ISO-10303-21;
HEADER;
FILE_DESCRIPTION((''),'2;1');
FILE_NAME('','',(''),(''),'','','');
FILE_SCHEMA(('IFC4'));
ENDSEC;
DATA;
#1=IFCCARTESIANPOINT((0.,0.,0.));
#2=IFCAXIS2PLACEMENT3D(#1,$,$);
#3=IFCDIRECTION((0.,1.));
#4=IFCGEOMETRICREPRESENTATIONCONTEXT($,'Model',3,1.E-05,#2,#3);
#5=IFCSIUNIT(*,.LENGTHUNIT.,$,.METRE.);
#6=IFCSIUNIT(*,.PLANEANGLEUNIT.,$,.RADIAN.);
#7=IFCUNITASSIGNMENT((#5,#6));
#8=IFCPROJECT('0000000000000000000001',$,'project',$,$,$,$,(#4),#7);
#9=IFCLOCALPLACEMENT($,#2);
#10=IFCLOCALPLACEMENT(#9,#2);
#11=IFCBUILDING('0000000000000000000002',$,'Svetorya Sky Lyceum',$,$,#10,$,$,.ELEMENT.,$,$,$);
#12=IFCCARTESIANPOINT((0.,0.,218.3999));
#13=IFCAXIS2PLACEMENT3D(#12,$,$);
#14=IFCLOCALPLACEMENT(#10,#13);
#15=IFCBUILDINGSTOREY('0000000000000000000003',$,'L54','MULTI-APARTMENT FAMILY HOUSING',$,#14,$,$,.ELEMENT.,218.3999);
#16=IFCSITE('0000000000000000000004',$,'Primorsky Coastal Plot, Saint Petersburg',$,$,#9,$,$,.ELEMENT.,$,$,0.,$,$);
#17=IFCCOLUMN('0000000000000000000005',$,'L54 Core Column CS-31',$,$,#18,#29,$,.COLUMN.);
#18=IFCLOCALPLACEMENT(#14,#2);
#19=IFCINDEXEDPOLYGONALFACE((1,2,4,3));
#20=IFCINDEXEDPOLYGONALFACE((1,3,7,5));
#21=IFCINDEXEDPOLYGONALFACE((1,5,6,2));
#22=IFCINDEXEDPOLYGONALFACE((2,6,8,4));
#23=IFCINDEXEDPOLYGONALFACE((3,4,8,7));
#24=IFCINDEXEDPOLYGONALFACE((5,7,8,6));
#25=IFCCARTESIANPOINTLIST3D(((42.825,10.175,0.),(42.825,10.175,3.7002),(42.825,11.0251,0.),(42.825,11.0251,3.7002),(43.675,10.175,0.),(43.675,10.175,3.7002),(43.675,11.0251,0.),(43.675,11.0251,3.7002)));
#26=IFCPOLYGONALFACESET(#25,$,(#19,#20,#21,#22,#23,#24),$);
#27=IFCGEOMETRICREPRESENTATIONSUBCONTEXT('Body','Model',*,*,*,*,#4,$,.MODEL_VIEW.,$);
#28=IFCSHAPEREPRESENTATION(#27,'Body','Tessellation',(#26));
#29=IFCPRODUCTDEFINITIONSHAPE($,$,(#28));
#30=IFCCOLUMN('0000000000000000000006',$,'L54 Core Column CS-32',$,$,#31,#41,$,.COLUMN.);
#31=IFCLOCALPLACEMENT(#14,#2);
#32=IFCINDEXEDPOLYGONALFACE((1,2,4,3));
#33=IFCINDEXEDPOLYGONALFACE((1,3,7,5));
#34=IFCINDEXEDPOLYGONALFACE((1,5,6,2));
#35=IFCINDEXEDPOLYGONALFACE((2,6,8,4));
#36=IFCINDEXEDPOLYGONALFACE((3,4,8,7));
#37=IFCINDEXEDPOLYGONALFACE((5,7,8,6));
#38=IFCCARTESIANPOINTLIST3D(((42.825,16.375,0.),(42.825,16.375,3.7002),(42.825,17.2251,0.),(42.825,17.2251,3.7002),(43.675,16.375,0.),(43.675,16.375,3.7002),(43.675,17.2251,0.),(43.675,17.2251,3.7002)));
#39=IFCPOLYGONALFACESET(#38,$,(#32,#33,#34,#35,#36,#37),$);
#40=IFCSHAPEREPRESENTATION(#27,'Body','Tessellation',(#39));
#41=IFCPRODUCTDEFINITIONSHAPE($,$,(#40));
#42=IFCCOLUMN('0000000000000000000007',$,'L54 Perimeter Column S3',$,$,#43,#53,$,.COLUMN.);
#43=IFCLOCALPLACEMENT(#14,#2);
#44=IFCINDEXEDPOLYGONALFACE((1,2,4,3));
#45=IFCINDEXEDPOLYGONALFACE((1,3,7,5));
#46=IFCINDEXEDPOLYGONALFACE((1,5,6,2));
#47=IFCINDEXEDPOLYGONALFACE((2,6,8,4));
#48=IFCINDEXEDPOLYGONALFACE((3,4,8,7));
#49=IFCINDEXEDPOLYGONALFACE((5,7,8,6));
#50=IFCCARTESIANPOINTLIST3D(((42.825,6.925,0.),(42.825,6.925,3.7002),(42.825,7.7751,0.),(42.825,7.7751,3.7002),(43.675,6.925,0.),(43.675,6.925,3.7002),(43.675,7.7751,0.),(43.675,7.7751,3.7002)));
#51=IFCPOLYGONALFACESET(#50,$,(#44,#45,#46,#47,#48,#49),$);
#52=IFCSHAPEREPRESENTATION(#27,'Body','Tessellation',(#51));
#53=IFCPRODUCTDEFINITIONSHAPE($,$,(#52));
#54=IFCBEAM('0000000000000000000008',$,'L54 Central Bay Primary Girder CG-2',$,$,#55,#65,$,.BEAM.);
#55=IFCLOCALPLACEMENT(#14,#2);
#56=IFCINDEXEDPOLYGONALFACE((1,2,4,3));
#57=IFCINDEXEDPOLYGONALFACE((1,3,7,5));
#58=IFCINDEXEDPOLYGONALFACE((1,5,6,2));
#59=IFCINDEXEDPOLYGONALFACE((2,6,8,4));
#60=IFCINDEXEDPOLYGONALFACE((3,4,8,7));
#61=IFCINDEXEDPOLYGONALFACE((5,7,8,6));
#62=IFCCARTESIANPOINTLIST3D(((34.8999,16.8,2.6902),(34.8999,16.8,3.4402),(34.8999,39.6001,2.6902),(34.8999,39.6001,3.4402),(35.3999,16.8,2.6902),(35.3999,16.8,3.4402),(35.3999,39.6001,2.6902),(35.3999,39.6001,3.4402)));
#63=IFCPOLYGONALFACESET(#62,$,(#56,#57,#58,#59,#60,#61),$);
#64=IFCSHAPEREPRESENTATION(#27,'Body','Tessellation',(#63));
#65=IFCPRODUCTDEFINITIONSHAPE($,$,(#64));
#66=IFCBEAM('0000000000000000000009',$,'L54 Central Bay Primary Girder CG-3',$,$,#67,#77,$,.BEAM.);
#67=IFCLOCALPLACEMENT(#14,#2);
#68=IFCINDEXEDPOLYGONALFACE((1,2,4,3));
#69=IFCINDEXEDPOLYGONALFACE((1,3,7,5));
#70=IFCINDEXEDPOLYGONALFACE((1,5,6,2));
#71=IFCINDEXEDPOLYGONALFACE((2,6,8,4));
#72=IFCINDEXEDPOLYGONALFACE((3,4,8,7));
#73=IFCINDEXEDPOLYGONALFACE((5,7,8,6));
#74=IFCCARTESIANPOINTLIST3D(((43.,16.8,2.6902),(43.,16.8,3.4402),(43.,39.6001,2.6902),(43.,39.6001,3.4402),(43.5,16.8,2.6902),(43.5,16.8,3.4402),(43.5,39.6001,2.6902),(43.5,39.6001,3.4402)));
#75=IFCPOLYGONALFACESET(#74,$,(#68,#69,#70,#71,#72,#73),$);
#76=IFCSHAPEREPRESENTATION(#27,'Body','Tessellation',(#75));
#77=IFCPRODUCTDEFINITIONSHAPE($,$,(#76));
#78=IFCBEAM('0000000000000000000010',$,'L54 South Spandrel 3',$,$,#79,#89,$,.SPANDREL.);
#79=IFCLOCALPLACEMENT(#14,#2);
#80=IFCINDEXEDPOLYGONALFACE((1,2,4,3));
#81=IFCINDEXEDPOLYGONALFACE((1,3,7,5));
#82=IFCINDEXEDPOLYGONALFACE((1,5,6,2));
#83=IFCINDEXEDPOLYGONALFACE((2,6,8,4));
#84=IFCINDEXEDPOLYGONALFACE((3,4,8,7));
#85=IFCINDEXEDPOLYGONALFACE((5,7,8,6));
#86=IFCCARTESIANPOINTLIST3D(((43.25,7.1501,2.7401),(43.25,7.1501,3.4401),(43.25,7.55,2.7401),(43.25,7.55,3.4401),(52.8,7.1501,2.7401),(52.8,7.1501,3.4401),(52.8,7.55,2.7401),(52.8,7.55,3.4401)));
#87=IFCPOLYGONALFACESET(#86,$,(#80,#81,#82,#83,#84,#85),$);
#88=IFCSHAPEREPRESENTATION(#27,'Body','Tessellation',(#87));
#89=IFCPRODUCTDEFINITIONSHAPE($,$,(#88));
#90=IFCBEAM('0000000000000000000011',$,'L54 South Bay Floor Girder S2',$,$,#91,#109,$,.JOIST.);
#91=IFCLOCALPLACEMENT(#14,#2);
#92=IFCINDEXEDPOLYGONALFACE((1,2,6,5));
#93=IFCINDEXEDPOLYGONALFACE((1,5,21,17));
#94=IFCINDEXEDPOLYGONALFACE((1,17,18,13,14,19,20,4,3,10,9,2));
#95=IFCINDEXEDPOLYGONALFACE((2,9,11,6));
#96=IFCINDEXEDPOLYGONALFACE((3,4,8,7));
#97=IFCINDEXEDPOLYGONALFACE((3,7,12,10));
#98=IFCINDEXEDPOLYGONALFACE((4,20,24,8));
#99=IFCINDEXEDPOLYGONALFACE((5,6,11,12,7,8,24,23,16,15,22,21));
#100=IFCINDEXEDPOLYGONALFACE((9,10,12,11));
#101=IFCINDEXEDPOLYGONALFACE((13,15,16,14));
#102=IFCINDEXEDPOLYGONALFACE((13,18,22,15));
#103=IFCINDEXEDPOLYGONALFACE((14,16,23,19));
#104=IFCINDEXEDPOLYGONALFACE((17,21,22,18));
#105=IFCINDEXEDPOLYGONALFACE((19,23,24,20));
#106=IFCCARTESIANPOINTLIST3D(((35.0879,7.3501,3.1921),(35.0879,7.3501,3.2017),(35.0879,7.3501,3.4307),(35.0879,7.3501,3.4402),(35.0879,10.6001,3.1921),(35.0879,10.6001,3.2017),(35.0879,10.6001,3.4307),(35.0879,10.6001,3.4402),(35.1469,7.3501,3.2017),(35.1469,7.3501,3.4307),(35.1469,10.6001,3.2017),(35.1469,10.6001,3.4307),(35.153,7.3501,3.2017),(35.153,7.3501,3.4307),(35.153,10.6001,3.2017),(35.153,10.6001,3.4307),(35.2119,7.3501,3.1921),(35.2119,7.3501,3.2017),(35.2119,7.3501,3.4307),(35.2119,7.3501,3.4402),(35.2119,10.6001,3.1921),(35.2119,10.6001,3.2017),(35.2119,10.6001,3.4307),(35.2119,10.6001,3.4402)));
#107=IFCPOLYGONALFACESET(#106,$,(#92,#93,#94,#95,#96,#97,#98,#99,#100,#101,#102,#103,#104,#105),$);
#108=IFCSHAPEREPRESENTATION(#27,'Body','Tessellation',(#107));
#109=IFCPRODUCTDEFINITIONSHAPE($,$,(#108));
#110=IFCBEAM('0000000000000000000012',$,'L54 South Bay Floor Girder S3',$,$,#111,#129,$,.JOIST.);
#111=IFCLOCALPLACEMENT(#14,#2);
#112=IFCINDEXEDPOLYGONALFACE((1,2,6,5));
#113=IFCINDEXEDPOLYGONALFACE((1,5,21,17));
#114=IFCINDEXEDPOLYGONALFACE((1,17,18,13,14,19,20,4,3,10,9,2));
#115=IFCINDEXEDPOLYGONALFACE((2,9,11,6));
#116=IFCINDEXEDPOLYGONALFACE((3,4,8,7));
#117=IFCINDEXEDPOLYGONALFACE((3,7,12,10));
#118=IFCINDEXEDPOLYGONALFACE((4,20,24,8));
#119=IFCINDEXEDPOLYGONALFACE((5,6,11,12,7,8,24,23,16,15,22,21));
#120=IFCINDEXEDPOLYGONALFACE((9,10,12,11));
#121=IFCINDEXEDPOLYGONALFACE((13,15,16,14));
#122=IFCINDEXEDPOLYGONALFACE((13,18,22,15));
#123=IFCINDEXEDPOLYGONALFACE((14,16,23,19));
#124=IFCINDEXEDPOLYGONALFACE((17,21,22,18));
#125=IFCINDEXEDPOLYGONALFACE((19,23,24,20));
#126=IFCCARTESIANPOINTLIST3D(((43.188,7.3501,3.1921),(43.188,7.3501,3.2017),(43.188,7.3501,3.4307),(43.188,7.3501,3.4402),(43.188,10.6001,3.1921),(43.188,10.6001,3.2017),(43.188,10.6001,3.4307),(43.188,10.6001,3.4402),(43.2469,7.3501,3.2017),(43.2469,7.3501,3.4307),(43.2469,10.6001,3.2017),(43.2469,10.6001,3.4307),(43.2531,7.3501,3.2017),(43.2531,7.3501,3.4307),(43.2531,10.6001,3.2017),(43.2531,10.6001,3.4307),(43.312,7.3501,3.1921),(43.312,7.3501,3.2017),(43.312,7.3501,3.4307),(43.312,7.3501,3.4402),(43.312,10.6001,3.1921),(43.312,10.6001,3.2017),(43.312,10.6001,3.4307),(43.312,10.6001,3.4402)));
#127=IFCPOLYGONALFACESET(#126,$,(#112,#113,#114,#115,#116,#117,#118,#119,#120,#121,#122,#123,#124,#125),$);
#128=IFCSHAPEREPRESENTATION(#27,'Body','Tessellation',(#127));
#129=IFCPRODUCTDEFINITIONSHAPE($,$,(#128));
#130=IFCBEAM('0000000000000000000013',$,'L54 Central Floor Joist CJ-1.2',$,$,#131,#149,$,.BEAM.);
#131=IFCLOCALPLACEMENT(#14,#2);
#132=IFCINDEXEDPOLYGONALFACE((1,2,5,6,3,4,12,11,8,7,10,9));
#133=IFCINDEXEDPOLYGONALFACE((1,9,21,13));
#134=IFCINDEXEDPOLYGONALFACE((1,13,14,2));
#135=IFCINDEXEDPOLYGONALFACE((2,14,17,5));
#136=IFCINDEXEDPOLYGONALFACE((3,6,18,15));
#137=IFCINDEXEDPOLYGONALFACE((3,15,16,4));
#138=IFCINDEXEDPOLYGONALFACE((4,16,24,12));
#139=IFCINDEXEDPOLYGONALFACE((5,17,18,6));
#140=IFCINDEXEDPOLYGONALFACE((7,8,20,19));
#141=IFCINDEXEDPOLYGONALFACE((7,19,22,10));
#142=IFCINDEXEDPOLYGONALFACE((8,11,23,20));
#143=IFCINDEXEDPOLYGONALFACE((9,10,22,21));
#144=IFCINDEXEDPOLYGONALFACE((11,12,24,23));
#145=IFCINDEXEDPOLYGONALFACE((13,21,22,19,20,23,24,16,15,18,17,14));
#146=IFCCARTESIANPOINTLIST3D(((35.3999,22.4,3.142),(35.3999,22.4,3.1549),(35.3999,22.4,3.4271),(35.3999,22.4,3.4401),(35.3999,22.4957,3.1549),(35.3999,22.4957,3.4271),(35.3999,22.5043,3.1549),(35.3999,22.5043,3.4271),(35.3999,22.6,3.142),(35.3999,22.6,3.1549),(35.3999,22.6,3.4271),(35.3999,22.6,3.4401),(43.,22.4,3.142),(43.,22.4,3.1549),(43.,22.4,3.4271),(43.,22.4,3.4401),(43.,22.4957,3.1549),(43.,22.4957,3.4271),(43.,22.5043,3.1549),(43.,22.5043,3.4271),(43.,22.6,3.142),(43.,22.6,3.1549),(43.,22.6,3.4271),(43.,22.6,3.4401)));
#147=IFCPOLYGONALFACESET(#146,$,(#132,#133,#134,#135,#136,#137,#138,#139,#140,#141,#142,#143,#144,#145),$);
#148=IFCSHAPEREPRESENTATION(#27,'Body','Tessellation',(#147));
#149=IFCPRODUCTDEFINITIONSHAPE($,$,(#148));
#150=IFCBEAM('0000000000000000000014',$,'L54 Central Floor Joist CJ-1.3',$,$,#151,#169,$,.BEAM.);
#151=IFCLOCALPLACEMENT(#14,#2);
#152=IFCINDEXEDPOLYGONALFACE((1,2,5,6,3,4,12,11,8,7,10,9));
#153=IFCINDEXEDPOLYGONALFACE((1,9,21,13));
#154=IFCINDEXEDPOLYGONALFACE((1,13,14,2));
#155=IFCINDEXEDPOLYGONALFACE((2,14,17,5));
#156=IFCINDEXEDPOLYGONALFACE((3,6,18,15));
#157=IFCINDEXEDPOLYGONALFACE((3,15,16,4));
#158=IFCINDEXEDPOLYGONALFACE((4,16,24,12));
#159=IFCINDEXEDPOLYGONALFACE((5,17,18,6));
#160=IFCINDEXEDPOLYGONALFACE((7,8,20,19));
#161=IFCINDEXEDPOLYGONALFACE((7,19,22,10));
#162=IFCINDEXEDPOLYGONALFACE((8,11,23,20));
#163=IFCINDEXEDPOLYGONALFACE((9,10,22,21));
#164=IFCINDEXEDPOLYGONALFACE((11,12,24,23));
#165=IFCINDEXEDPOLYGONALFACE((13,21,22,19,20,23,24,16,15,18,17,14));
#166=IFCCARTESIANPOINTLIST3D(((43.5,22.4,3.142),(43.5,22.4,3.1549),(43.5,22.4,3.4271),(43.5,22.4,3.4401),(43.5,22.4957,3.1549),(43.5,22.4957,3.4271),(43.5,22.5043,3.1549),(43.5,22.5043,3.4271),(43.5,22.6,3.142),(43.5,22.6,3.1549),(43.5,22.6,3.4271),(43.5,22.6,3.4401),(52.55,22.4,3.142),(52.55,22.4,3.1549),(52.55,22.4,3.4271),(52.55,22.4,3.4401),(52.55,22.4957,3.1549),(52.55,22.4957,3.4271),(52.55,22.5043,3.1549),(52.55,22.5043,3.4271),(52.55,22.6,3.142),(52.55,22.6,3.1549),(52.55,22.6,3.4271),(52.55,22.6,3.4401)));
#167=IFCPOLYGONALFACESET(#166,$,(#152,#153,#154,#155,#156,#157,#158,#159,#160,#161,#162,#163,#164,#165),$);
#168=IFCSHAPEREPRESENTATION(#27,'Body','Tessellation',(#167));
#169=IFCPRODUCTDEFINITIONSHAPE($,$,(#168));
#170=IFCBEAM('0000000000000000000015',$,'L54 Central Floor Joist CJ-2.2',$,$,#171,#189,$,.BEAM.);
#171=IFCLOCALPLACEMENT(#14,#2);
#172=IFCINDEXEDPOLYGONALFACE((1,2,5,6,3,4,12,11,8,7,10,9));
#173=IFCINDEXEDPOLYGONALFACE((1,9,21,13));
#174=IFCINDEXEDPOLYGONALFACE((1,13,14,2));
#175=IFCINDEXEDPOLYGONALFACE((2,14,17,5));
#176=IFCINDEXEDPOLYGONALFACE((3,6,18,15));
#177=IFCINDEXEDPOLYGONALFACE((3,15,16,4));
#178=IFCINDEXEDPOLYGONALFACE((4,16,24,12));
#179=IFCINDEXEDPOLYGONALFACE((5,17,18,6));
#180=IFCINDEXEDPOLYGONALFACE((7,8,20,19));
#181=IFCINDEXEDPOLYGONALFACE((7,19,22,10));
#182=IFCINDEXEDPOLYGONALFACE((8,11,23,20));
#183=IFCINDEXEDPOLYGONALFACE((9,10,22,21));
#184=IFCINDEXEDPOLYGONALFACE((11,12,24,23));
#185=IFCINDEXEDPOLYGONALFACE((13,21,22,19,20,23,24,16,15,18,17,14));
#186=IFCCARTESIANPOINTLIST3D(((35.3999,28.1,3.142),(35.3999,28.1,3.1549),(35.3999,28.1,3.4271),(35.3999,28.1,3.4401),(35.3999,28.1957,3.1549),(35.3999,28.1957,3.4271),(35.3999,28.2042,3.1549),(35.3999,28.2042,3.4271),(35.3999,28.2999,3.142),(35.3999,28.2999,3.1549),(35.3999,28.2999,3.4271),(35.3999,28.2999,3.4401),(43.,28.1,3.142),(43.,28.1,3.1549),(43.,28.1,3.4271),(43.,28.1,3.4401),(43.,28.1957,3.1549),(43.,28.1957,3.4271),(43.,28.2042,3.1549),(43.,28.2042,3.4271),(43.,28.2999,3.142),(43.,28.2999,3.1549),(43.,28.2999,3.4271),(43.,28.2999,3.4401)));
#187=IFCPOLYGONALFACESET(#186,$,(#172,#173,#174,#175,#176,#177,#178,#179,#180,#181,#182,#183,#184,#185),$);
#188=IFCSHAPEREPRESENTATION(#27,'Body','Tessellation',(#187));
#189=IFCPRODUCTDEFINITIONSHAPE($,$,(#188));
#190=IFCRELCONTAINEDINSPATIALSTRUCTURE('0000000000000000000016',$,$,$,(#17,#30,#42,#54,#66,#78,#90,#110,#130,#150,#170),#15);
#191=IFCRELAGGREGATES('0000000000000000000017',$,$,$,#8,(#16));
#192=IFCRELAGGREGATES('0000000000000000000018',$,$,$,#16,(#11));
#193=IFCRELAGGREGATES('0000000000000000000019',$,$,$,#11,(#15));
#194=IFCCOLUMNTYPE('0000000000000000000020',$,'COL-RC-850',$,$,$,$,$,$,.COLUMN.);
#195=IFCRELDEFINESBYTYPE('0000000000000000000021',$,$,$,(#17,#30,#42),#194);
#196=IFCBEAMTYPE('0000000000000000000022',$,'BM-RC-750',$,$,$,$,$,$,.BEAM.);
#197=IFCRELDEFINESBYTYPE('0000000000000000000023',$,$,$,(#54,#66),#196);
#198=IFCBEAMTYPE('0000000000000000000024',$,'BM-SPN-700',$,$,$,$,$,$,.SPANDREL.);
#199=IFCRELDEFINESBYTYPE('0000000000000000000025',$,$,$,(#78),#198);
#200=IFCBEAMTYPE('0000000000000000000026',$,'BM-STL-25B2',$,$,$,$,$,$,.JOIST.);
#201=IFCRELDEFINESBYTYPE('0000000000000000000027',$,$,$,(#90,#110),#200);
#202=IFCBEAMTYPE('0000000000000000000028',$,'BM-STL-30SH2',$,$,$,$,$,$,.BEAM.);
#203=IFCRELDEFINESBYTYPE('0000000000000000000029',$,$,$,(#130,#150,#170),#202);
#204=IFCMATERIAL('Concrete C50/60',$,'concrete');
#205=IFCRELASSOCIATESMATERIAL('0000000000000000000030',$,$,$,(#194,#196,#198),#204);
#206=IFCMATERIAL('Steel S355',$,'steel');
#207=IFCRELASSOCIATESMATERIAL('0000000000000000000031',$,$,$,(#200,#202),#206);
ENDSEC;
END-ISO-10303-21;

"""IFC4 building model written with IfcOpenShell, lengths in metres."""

from ifc_helpers import new_model, si_unit, direction, frame, origin, origin_2d, place, context, subcontext, project, spatial, rectangle, i_section, extrude, material, material_profile, profile_set, type_object, element, save


model = new_model("IFC4")

# Units and contexts
model_context = context("Model", 3, precision=1e-05, world=origin(), true_north=direction((0.0, 1.0)))
body_context = subcontext(model_context, "Body", "Model", "MODEL_VIEW")
ifc_project = project(units=[si_unit("LENGTHUNIT", "METRE"), si_unit("PLANEANGLEUNIT", "RADIAN")], contexts=[model_context])

# Site, building, storey
site_placement = place(None, origin())
site = spatial("IfcSite", under=ifc_project, at=site_placement, Name="Primorsky Coastal Plot, Saint Petersburg", CompositionType="ELEMENT", RefElevation=0.0)
building_placement = place(site_placement, origin())
building = spatial("IfcBuilding", under=site, at=building_placement, Name="Svetorya Sky Lyceum", CompositionType="ELEMENT")
storey_placement = place(building_placement, frame((0.0, 0.0, 218.3999)))
storey = spatial("IfcBuildingStorey", under=building, at=storey_placement, Name="L54", Description="MULTI-APARTMENT FAMILY HOUSING", CompositionType="ELEMENT", Elevation=218.3999)

# Columns
ifc_material_1 = material(Name="Concrete C50/60", Category="concrete")
ifc_material_profile_1 = material_profile(ifc_material_1, rectangle(XDim=0.8501, YDim=0.8501, at=origin_2d()), Name="RC COL 850x850")
ifc_profile_set_1 = profile_set([ifc_material_profile_1], Name="Concrete C50/60")
column_type = type_object("IfcColumnType", Name="COL-RC-850", PredefinedType="COLUMN", material=ifc_profile_set_1)
for number, where, z_axis, x_axis, name in (
    (1, (43.25, 10.6001, 0.0), (0.0, 0.0, 1.0), (1.0, 0.0, 0.0), "L54 Core Column CS-31"),
    (2, (43.25, 16.8, 0.0), (0.0, 0.0, 1.0), (1.0, 0.0, 0.0), "L54 Core Column CS-32"),
    (3, (43.25, 7.3501, 0.0), (0.0, 0.0, 1.0), (1.0, 0.0, 0.0), "L54 Perimeter Column S3"),
):
    element("IfcColumn", number, at=place(storey_placement, frame(where, z_axis=z_axis, x_axis=x_axis)), inside=storey, type_object=column_type, Name=name, PredefinedType="COLUMN", context=body_context, shape_type="SweptSolid", body=[
        extrude(rectangle(XDim=0.8501, YDim=0.8501, at=origin_2d()), origin(), (0.0, 0.0, 1.0), 3.7002),
    ])

# Beams
ifc_material_profile_2 = material_profile(ifc_material_1, rectangle(XDim=0.5, YDim=0.75, at=origin_2d()), Name="RC BEAM 500x750")
ifc_profile_set_2 = profile_set([ifc_material_profile_2], Name="Concrete C50/60")
beam_type_1 = type_object("IfcBeamType", Name="BM-RC-750", PredefinedType="BEAM", material=ifc_profile_set_2)
for number, where, z_axis, x_axis, name in (
    (4, (35.1499, 16.8, 3.0652), (0.0, 1.0, 0.0), (-1.0, 0.0, 0.0), "L54 Central Bay Primary Girder CG-2"),
    (5, (43.25, 16.8, 3.0652), (0.0, 1.0, 0.0), (-1.0, 0.0, 0.0), "L54 Central Bay Primary Girder CG-3"),
):
    element("IfcBeam", number, at=place(storey_placement, frame(where, z_axis=z_axis, x_axis=x_axis)), inside=storey, type_object=beam_type_1, Name=name, PredefinedType="BEAM", context=body_context, shape_type="SweptSolid", body=[
        extrude(rectangle(XDim=0.5, YDim=0.75, at=origin_2d()), origin(), (0.0, 0.0, 1.0), 22.8),
    ])
ifc_material_profile_3 = material_profile(ifc_material_1, rectangle(XDim=0.3999, YDim=0.7, at=origin_2d()), Name="RC SPANDREL 400x700")
ifc_profile_set_3 = profile_set([ifc_material_profile_3], Name="Concrete C50/60")
beam_type_2 = type_object("IfcBeamType", Name="BM-SPN-700", PredefinedType="SPANDREL", material=ifc_profile_set_3)
beam_1_placement = place(storey_placement, frame((43.25, 7.3501, 3.0901), z_axis=(1.0, 0.0, 0.0), x_axis=(0.0, 1.0, 0.0)))
element("IfcBeam", 6, at=beam_1_placement, inside=storey, type_object=beam_type_2, Name="L54 South Spandrel 3", PredefinedType="SPANDREL", context=body_context, shape_type="SweptSolid", body=[
    extrude(rectangle(XDim=0.3999, YDim=0.7, at=origin_2d()), origin(), (0.0, 0.0, 1.0), 9.55),
])
ifc_material_2 = material(Name="Steel S355", Category="steel")
ifc_material_profile_4 = material_profile(ifc_material_2, i_section(OverallWidth=0.124, OverallDepth=0.248, WebThickness=0.0061, FlangeThickness=0.0095, at=origin_2d()), Name="GOST 25B2")
ifc_profile_set_4 = profile_set([ifc_material_profile_4], Name="Steel S355")
beam_type_3 = type_object("IfcBeamType", Name="BM-STL-25B2", PredefinedType="JOIST", material=ifc_profile_set_4)
for number, where, z_axis, x_axis, name in (
    (7, (35.1499, 7.3501, 3.3162), (0.0, 1.0, 0.0), (-1.0, 0.0, 0.0), "L54 South Bay Floor Girder S2"),
    (8, (43.25, 7.3501, 3.3162), (0.0, 1.0, 0.0), (-1.0, 0.0, 0.0), "L54 South Bay Floor Girder S3"),
):
    element("IfcBeam", number, at=place(storey_placement, frame(where, z_axis=z_axis, x_axis=x_axis)), inside=storey, type_object=beam_type_3, Name=name, PredefinedType="JOIST", context=body_context, shape_type="SweptSolid", body=[
        extrude(i_section(OverallWidth=0.124, OverallDepth=0.248, WebThickness=0.0061, FlangeThickness=0.0095, at=origin_2d()), origin(), (0.0, 0.0, 1.0), 3.25),
    ])
ifc_material_profile_5 = material_profile(ifc_material_2, i_section(OverallWidth=0.2, OverallDepth=0.2981, WebThickness=0.0085, FlangeThickness=0.0129, at=origin_2d()), Name="GOST 30Sh2")
ifc_profile_set_5 = profile_set([ifc_material_profile_5], Name="Steel S355")
beam_type_4 = type_object("IfcBeamType", Name="BM-STL-30SH2", PredefinedType="BEAM", material=ifc_profile_set_5)
beam_2_placement = place(storey_placement, frame((35.3999, 22.5, 3.291), z_axis=(1.0, 0.0, 0.0), x_axis=(0.0, 1.0, 0.0)))
element("IfcBeam", 9, at=beam_2_placement, inside=storey, type_object=beam_type_4, Name="L54 Central Floor Joist CJ-1.2", PredefinedType="BEAM", context=body_context, shape_type="SweptSolid", body=[
    extrude(i_section(OverallWidth=0.2, OverallDepth=0.2981, WebThickness=0.0085, FlangeThickness=0.0129, at=origin_2d()), origin(), (0.0, 0.0, 1.0), 7.6001),
])
beam_3_placement = place(storey_placement, frame((43.5, 22.5, 3.291), z_axis=(1.0, 0.0, 0.0), x_axis=(0.0, 1.0, 0.0)))
element("IfcBeam", 10, at=beam_3_placement, inside=storey, type_object=beam_type_4, Name="L54 Central Floor Joist CJ-1.3", PredefinedType="BEAM", context=body_context, shape_type="SweptSolid", body=[
    extrude(i_section(OverallWidth=0.2, OverallDepth=0.2981, WebThickness=0.0085, FlangeThickness=0.0129, at=origin_2d()), origin(), (0.0, 0.0, 1.0), 9.05),
])
beam_4_placement = place(storey_placement, frame((35.3999, 28.2, 3.291), z_axis=(1.0, 0.0, 0.0), x_axis=(0.0, 1.0, 0.0)))
element("IfcBeam", 11, at=beam_4_placement, inside=storey, type_object=beam_type_4, Name="L54 Central Floor Joist CJ-2.2", PredefinedType="BEAM", context=body_context, shape_type="SweptSolid", body=[
    extrude(i_section(OverallWidth=0.2, OverallDepth=0.2981, WebThickness=0.0085, FlangeThickness=0.0129, at=origin_2d()), origin(), (0.0, 0.0, 1.0), 7.6001),
])

save(model, "model.ifc")
